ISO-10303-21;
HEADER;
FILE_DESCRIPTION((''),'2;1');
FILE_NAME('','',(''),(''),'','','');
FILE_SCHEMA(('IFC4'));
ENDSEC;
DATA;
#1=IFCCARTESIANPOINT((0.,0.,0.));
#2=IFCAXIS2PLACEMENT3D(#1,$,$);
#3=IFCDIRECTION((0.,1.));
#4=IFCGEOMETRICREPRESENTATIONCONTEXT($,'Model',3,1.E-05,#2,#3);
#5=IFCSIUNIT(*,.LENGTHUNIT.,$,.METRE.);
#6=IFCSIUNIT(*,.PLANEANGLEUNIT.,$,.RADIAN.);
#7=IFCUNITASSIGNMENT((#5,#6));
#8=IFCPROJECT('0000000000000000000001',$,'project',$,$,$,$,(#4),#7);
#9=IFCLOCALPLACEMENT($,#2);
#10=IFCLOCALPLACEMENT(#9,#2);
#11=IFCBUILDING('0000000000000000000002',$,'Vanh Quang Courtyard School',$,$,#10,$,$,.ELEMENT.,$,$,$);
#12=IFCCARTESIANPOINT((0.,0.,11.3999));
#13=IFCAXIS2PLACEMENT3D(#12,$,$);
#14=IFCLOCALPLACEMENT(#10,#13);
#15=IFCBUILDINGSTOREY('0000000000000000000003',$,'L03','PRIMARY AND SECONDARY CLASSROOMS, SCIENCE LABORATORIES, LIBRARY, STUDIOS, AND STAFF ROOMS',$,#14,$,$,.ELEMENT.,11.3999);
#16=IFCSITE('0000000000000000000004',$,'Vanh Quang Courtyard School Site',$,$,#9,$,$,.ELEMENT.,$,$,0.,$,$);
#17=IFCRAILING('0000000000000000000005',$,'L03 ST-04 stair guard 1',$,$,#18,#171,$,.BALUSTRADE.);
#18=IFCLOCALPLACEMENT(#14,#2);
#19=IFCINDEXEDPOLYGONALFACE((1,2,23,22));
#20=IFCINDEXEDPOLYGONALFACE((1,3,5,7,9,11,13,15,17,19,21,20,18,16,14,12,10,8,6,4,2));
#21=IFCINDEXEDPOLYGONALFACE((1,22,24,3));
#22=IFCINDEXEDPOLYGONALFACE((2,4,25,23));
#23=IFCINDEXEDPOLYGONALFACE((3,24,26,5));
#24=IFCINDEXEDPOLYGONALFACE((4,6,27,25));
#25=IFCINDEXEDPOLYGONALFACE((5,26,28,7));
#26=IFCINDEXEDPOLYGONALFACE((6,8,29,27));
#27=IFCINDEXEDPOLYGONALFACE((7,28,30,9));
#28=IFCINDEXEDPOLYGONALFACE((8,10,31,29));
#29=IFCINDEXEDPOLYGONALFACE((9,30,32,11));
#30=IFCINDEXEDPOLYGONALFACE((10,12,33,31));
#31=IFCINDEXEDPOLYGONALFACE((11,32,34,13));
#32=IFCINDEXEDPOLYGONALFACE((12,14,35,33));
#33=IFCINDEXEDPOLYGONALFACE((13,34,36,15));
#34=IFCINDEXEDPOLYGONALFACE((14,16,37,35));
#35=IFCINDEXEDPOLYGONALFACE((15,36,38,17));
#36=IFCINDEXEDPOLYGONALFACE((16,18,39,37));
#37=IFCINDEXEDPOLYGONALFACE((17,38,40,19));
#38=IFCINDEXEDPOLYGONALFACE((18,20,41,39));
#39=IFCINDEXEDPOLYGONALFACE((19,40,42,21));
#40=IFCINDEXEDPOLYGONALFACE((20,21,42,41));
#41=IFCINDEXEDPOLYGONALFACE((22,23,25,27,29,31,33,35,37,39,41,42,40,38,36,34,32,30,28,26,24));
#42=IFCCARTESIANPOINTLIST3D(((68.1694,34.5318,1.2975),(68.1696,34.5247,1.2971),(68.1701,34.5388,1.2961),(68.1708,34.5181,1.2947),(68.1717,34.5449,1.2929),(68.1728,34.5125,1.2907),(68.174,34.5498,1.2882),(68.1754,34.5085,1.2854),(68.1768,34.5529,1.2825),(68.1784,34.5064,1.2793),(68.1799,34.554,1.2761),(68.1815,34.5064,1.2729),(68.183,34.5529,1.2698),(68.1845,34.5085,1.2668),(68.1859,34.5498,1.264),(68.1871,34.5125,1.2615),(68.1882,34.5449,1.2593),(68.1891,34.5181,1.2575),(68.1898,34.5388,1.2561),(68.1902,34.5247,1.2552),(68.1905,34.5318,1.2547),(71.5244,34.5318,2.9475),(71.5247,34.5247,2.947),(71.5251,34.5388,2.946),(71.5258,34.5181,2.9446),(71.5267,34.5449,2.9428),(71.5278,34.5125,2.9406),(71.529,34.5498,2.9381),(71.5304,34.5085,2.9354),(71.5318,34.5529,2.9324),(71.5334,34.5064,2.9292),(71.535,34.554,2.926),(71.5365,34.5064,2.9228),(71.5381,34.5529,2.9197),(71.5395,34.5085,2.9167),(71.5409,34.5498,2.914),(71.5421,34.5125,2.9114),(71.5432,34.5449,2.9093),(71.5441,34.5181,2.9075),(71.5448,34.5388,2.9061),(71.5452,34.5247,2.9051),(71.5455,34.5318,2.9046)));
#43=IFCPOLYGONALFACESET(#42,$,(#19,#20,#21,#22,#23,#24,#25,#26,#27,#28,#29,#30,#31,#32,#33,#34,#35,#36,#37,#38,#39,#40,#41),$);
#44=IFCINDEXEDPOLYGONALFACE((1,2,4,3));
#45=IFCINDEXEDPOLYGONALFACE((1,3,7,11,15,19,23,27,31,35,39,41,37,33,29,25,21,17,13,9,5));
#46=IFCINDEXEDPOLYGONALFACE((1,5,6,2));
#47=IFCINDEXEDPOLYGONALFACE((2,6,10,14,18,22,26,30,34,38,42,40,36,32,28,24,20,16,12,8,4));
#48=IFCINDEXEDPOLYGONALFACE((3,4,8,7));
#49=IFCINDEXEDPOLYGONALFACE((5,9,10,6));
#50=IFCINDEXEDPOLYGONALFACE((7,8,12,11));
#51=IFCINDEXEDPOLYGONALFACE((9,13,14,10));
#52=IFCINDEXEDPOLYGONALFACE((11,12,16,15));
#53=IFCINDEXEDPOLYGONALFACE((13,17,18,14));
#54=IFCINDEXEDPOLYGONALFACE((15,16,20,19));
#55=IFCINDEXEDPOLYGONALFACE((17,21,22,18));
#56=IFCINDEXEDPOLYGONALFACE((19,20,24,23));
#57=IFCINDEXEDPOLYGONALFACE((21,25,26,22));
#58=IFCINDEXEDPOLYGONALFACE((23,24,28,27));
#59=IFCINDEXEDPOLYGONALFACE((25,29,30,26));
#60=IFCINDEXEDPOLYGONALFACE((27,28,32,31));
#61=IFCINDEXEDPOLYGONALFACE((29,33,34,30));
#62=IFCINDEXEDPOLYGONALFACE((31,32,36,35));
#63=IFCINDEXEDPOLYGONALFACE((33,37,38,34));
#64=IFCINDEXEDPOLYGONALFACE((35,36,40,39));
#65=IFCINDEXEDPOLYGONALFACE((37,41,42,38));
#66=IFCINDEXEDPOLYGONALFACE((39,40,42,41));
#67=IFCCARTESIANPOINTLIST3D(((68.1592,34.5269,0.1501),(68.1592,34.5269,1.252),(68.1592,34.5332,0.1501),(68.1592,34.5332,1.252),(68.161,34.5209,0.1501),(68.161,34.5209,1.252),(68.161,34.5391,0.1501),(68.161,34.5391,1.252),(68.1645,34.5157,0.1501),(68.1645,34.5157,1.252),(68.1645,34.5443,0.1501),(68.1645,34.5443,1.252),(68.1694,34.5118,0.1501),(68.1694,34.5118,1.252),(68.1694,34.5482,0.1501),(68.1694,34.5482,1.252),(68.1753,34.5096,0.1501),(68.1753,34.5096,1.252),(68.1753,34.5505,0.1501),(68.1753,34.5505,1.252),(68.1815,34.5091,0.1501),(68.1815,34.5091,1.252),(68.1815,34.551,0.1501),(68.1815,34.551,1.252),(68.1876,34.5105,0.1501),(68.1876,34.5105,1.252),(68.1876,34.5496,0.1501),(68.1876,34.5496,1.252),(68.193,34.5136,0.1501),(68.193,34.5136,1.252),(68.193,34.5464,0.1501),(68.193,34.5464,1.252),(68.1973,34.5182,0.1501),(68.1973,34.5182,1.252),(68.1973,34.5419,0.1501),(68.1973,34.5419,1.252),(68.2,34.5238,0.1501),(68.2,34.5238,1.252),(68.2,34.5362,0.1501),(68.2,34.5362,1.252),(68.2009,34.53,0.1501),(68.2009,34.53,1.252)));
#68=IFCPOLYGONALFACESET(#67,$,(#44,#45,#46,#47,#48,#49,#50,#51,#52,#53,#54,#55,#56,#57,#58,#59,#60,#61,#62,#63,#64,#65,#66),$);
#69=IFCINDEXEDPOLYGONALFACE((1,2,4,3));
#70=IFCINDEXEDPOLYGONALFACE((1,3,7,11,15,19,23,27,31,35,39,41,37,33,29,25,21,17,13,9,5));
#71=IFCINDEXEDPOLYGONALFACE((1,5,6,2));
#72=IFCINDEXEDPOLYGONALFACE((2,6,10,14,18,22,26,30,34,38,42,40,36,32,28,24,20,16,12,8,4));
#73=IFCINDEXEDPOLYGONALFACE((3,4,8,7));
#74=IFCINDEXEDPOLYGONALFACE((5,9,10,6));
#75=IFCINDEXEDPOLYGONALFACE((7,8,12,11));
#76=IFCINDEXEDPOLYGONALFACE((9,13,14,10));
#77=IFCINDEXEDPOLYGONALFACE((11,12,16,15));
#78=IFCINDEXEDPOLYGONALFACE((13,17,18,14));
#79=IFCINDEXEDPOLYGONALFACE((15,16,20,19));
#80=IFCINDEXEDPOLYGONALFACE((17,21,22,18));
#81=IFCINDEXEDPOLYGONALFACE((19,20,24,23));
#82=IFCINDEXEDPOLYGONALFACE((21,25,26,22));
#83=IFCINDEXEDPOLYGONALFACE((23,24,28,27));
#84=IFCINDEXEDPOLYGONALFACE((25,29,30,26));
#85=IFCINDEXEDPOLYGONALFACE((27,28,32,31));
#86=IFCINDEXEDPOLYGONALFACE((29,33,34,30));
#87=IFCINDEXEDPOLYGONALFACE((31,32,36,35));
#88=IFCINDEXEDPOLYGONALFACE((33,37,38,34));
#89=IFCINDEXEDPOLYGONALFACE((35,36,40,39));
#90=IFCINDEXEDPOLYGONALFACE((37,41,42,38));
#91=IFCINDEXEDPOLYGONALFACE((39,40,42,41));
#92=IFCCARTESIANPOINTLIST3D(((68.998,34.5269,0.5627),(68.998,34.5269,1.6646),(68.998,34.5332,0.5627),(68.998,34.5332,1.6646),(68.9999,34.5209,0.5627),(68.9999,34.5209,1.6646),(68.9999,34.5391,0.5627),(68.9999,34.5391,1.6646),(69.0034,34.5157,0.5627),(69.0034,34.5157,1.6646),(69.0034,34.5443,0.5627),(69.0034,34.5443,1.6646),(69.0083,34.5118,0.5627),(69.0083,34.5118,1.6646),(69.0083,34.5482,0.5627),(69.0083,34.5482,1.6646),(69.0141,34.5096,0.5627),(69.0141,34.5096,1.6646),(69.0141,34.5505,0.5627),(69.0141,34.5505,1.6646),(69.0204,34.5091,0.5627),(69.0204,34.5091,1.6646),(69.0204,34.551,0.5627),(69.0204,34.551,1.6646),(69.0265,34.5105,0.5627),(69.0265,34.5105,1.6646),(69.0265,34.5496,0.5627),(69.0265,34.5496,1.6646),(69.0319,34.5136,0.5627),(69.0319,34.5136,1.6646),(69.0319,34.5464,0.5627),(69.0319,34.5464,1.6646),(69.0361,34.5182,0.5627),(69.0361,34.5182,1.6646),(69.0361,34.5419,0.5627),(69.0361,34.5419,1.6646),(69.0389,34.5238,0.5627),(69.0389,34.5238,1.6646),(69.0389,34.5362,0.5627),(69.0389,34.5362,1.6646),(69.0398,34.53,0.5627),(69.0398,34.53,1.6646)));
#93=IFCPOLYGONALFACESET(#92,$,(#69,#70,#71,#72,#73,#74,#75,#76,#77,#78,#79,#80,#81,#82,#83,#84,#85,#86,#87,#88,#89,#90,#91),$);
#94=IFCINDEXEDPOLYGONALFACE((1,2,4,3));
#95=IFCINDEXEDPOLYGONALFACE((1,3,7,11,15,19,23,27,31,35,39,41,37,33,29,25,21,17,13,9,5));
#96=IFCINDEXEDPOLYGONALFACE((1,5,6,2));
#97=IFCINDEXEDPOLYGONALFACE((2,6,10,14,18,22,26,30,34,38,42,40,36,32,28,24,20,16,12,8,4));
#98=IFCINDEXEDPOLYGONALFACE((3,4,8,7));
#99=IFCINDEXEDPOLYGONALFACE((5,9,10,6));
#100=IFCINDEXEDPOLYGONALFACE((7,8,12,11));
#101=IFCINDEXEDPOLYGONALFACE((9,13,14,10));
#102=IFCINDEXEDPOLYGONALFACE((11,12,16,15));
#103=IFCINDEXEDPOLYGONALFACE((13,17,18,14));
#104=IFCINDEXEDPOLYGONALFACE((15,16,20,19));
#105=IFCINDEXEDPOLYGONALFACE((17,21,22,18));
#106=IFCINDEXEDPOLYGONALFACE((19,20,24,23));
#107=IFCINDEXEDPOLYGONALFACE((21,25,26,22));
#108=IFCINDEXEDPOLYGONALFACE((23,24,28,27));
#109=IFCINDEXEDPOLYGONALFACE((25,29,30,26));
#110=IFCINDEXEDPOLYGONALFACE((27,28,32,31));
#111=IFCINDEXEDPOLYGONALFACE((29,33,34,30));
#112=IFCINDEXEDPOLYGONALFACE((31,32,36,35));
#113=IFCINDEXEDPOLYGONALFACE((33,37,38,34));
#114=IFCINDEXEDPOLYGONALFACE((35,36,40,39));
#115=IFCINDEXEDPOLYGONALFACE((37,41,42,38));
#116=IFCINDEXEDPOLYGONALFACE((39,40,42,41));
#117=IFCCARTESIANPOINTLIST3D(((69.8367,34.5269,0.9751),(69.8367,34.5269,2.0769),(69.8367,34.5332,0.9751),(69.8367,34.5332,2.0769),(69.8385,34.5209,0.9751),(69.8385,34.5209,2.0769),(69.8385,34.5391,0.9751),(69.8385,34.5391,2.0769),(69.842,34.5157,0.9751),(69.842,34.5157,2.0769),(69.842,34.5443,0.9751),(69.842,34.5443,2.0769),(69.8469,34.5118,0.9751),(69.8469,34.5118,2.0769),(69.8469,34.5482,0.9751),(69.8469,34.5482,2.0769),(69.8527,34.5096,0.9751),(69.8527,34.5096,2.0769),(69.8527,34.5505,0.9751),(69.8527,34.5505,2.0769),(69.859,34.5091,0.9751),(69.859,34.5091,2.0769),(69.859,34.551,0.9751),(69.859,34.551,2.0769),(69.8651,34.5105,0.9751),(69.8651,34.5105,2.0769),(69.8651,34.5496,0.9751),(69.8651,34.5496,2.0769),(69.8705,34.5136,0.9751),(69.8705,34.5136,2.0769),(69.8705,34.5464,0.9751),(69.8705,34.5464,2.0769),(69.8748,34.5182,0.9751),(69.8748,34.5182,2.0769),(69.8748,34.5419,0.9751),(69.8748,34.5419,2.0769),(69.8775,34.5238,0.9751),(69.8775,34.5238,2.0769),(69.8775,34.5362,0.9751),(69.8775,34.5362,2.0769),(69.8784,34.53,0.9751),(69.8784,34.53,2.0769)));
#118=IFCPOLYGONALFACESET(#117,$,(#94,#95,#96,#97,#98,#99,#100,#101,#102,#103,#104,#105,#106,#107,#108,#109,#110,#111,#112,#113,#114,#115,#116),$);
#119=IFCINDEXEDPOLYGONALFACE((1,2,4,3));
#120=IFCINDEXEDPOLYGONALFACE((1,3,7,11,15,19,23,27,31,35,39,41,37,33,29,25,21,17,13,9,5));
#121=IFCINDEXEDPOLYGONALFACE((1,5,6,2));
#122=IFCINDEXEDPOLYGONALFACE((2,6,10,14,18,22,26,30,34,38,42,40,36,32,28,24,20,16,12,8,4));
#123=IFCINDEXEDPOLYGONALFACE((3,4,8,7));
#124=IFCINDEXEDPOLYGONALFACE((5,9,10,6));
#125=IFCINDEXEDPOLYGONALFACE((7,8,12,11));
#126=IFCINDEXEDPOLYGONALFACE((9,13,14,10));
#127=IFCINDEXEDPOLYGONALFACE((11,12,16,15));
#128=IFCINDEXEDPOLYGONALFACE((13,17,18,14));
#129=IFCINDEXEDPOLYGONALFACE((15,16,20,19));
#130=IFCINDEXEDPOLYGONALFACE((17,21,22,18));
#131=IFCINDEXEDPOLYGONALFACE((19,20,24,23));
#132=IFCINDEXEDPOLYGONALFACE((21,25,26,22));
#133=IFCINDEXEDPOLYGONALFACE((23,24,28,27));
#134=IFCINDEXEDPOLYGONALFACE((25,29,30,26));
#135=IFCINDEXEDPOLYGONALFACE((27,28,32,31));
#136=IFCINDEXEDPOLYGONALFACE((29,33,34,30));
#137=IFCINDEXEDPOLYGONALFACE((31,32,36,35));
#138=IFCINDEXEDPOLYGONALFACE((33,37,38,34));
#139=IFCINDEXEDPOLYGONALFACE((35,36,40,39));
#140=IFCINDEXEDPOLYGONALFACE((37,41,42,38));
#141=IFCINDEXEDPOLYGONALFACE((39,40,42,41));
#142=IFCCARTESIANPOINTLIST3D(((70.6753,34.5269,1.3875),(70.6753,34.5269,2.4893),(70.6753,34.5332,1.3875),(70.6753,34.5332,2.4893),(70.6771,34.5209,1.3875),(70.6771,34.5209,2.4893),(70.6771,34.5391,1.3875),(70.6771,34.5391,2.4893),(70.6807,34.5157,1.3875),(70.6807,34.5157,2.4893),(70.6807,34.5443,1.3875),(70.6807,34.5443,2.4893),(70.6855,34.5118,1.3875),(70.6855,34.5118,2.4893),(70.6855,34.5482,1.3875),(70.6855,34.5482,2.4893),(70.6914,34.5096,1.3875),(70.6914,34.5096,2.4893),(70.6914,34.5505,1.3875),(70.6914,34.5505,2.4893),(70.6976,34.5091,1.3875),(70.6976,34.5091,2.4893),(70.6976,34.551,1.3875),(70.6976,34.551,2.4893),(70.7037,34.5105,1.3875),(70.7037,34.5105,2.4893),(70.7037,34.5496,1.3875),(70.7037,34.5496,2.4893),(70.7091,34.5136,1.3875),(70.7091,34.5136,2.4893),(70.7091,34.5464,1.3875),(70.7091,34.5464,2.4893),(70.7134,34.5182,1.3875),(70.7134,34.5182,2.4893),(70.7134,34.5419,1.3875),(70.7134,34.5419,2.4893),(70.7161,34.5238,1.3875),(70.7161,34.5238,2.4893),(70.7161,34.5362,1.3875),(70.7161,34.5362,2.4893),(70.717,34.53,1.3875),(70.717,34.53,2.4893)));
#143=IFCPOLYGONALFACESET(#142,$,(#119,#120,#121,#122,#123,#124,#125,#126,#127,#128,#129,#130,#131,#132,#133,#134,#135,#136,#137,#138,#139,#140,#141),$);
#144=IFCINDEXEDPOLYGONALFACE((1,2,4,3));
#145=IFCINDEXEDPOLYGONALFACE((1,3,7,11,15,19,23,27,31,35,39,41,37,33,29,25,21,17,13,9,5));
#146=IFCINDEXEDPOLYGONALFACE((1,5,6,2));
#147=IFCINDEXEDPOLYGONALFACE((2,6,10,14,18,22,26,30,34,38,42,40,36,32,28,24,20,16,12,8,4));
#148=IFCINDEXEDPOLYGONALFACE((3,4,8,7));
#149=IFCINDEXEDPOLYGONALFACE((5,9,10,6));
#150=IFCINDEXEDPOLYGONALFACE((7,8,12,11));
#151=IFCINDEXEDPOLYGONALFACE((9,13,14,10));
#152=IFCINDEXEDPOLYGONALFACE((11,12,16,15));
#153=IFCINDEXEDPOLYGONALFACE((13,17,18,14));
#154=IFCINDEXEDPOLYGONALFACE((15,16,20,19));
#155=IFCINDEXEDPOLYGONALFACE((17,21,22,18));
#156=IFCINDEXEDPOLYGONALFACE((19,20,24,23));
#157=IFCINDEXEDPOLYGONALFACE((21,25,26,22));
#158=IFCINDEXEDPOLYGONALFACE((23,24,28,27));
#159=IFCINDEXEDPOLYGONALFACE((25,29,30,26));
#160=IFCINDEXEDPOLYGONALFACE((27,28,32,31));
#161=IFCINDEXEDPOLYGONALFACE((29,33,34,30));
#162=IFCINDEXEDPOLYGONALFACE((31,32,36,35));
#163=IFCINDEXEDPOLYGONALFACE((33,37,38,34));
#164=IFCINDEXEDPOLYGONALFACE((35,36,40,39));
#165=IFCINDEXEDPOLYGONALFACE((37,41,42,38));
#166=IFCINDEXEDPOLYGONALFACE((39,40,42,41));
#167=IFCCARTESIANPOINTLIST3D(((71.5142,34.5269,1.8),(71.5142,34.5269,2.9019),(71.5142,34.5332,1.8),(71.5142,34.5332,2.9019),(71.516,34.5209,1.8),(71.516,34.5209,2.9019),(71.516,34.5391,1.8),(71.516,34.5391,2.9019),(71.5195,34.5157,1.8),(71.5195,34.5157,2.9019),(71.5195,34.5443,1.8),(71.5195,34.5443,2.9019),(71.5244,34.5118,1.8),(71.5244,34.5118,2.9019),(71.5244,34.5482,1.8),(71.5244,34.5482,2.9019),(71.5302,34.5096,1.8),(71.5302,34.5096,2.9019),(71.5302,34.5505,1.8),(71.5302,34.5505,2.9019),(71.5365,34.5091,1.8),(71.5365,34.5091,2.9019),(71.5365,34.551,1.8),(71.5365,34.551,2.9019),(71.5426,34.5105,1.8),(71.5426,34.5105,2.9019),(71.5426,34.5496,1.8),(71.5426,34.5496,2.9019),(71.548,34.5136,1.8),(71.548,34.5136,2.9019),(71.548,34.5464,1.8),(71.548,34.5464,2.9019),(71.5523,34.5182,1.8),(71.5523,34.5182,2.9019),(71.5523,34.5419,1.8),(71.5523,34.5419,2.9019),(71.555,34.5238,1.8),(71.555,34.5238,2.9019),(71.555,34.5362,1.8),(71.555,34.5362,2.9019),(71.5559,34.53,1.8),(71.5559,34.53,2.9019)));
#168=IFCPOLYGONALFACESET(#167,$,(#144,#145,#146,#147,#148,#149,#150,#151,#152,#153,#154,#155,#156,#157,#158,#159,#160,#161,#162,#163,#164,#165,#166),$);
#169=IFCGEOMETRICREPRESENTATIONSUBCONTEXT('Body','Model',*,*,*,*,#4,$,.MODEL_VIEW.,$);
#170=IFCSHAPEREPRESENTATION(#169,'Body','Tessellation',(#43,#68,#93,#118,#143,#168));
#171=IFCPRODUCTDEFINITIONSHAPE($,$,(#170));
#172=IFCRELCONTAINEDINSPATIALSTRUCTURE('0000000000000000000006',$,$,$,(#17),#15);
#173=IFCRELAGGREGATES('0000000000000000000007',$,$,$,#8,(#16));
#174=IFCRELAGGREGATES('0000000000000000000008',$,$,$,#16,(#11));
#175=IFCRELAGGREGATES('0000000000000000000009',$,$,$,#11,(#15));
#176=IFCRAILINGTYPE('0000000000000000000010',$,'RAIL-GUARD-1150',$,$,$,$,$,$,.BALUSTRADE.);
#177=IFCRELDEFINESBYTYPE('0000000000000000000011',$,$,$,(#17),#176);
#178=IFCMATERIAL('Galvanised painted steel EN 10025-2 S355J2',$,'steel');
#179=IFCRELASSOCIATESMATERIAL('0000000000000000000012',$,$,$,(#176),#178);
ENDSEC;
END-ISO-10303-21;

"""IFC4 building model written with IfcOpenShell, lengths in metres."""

from ifc_helpers import new_model, si_unit, direction, frame, origin, origin_2d, place, context, subcontext, project, spatial, circle, extrude, material, type_object, element, save


model = new_model("IFC4")

# Units and contexts
model_context = context("Model", 3, precision=1e-05, world=origin(), true_north=direction((0.0, 1.0)))
body_context = subcontext(model_context, "Body", "Model", "MODEL_VIEW")
ifc_project = project(units=[si_unit("LENGTHUNIT", "METRE"), si_unit("PLANEANGLEUNIT", "RADIAN")], contexts=[model_context])

# Site, building, storey
site_placement = place(None, origin())
site = spatial("IfcSite", under=ifc_project, at=site_placement, Name="Vanh Quang Courtyard School Site", CompositionType="ELEMENT", RefElevation=0.0)
building_placement = place(site_placement, origin())
building = spatial("IfcBuilding", under=site, at=building_placement, Name="Vanh Quang Courtyard School", CompositionType="ELEMENT")
storey_placement = place(building_placement, frame((0.0, 0.0, 11.3999)))
storey = spatial("IfcBuildingStorey", under=building, at=storey_placement, Name="L03", Description="PRIMARY AND SECONDARY CLASSROOMS, SCIENCE LABORATORIES, LIBRARY, STUDIOS, AND STAFF ROOMS", CompositionType="ELEMENT", Elevation=11.3999)

# Railing
ifc_material_1 = material(Name="Galvanised painted steel EN 10025-2 S355J2", Category="steel")
railing_type_1 = type_object("IfcRailingType", Name="RAIL-GUARD-1150", PredefinedType="BALUSTRADE", material=ifc_material_1)
railing_1_placement = place(storey_placement, frame((68.1799, 34.53, 0.1501)))
element("IfcRailing", 1, at=railing_1_placement, inside=storey, type_object=railing_type_1, Name="L03 ST-04 stair guard 1", PredefinedType="BALUSTRADE", context=body_context, shape_type="SweptSolid", body=[
    extrude(circle(Radius=0.0239, at=origin_2d()), frame((0.0, 0.0, 1.126), z_axis=(0.897359, 0.0, 0.441301), x_axis=(0.0, 1.0, 0.0)), (0.0, 0.0, 1.0), 3.7388),
    extrude(circle(Radius=0.021, at=origin_2d()), origin(), (0.0, 0.0, 1.0), 1.1018),
    extrude(circle(Radius=0.021, at=origin_2d()), frame((0.8389, 0.0, 0.4126)), (0.0, 0.0, 1.0), 1.1018),
    extrude(circle(Radius=0.021, at=origin_2d()), frame((1.6775, 0.0, 0.825)), (0.0, 0.0, 1.0), 1.1018),
    extrude(circle(Radius=0.021, at=origin_2d()), frame((2.5161, 0.0, 1.2373)), (0.0, 0.0, 1.0), 1.1018),
    extrude(circle(Radius=0.021, at=origin_2d()), frame((3.355, 0.0, 1.6499)), (0.0, 0.0, 1.0), 1.1018),
])

save(model, "model.ifc")
